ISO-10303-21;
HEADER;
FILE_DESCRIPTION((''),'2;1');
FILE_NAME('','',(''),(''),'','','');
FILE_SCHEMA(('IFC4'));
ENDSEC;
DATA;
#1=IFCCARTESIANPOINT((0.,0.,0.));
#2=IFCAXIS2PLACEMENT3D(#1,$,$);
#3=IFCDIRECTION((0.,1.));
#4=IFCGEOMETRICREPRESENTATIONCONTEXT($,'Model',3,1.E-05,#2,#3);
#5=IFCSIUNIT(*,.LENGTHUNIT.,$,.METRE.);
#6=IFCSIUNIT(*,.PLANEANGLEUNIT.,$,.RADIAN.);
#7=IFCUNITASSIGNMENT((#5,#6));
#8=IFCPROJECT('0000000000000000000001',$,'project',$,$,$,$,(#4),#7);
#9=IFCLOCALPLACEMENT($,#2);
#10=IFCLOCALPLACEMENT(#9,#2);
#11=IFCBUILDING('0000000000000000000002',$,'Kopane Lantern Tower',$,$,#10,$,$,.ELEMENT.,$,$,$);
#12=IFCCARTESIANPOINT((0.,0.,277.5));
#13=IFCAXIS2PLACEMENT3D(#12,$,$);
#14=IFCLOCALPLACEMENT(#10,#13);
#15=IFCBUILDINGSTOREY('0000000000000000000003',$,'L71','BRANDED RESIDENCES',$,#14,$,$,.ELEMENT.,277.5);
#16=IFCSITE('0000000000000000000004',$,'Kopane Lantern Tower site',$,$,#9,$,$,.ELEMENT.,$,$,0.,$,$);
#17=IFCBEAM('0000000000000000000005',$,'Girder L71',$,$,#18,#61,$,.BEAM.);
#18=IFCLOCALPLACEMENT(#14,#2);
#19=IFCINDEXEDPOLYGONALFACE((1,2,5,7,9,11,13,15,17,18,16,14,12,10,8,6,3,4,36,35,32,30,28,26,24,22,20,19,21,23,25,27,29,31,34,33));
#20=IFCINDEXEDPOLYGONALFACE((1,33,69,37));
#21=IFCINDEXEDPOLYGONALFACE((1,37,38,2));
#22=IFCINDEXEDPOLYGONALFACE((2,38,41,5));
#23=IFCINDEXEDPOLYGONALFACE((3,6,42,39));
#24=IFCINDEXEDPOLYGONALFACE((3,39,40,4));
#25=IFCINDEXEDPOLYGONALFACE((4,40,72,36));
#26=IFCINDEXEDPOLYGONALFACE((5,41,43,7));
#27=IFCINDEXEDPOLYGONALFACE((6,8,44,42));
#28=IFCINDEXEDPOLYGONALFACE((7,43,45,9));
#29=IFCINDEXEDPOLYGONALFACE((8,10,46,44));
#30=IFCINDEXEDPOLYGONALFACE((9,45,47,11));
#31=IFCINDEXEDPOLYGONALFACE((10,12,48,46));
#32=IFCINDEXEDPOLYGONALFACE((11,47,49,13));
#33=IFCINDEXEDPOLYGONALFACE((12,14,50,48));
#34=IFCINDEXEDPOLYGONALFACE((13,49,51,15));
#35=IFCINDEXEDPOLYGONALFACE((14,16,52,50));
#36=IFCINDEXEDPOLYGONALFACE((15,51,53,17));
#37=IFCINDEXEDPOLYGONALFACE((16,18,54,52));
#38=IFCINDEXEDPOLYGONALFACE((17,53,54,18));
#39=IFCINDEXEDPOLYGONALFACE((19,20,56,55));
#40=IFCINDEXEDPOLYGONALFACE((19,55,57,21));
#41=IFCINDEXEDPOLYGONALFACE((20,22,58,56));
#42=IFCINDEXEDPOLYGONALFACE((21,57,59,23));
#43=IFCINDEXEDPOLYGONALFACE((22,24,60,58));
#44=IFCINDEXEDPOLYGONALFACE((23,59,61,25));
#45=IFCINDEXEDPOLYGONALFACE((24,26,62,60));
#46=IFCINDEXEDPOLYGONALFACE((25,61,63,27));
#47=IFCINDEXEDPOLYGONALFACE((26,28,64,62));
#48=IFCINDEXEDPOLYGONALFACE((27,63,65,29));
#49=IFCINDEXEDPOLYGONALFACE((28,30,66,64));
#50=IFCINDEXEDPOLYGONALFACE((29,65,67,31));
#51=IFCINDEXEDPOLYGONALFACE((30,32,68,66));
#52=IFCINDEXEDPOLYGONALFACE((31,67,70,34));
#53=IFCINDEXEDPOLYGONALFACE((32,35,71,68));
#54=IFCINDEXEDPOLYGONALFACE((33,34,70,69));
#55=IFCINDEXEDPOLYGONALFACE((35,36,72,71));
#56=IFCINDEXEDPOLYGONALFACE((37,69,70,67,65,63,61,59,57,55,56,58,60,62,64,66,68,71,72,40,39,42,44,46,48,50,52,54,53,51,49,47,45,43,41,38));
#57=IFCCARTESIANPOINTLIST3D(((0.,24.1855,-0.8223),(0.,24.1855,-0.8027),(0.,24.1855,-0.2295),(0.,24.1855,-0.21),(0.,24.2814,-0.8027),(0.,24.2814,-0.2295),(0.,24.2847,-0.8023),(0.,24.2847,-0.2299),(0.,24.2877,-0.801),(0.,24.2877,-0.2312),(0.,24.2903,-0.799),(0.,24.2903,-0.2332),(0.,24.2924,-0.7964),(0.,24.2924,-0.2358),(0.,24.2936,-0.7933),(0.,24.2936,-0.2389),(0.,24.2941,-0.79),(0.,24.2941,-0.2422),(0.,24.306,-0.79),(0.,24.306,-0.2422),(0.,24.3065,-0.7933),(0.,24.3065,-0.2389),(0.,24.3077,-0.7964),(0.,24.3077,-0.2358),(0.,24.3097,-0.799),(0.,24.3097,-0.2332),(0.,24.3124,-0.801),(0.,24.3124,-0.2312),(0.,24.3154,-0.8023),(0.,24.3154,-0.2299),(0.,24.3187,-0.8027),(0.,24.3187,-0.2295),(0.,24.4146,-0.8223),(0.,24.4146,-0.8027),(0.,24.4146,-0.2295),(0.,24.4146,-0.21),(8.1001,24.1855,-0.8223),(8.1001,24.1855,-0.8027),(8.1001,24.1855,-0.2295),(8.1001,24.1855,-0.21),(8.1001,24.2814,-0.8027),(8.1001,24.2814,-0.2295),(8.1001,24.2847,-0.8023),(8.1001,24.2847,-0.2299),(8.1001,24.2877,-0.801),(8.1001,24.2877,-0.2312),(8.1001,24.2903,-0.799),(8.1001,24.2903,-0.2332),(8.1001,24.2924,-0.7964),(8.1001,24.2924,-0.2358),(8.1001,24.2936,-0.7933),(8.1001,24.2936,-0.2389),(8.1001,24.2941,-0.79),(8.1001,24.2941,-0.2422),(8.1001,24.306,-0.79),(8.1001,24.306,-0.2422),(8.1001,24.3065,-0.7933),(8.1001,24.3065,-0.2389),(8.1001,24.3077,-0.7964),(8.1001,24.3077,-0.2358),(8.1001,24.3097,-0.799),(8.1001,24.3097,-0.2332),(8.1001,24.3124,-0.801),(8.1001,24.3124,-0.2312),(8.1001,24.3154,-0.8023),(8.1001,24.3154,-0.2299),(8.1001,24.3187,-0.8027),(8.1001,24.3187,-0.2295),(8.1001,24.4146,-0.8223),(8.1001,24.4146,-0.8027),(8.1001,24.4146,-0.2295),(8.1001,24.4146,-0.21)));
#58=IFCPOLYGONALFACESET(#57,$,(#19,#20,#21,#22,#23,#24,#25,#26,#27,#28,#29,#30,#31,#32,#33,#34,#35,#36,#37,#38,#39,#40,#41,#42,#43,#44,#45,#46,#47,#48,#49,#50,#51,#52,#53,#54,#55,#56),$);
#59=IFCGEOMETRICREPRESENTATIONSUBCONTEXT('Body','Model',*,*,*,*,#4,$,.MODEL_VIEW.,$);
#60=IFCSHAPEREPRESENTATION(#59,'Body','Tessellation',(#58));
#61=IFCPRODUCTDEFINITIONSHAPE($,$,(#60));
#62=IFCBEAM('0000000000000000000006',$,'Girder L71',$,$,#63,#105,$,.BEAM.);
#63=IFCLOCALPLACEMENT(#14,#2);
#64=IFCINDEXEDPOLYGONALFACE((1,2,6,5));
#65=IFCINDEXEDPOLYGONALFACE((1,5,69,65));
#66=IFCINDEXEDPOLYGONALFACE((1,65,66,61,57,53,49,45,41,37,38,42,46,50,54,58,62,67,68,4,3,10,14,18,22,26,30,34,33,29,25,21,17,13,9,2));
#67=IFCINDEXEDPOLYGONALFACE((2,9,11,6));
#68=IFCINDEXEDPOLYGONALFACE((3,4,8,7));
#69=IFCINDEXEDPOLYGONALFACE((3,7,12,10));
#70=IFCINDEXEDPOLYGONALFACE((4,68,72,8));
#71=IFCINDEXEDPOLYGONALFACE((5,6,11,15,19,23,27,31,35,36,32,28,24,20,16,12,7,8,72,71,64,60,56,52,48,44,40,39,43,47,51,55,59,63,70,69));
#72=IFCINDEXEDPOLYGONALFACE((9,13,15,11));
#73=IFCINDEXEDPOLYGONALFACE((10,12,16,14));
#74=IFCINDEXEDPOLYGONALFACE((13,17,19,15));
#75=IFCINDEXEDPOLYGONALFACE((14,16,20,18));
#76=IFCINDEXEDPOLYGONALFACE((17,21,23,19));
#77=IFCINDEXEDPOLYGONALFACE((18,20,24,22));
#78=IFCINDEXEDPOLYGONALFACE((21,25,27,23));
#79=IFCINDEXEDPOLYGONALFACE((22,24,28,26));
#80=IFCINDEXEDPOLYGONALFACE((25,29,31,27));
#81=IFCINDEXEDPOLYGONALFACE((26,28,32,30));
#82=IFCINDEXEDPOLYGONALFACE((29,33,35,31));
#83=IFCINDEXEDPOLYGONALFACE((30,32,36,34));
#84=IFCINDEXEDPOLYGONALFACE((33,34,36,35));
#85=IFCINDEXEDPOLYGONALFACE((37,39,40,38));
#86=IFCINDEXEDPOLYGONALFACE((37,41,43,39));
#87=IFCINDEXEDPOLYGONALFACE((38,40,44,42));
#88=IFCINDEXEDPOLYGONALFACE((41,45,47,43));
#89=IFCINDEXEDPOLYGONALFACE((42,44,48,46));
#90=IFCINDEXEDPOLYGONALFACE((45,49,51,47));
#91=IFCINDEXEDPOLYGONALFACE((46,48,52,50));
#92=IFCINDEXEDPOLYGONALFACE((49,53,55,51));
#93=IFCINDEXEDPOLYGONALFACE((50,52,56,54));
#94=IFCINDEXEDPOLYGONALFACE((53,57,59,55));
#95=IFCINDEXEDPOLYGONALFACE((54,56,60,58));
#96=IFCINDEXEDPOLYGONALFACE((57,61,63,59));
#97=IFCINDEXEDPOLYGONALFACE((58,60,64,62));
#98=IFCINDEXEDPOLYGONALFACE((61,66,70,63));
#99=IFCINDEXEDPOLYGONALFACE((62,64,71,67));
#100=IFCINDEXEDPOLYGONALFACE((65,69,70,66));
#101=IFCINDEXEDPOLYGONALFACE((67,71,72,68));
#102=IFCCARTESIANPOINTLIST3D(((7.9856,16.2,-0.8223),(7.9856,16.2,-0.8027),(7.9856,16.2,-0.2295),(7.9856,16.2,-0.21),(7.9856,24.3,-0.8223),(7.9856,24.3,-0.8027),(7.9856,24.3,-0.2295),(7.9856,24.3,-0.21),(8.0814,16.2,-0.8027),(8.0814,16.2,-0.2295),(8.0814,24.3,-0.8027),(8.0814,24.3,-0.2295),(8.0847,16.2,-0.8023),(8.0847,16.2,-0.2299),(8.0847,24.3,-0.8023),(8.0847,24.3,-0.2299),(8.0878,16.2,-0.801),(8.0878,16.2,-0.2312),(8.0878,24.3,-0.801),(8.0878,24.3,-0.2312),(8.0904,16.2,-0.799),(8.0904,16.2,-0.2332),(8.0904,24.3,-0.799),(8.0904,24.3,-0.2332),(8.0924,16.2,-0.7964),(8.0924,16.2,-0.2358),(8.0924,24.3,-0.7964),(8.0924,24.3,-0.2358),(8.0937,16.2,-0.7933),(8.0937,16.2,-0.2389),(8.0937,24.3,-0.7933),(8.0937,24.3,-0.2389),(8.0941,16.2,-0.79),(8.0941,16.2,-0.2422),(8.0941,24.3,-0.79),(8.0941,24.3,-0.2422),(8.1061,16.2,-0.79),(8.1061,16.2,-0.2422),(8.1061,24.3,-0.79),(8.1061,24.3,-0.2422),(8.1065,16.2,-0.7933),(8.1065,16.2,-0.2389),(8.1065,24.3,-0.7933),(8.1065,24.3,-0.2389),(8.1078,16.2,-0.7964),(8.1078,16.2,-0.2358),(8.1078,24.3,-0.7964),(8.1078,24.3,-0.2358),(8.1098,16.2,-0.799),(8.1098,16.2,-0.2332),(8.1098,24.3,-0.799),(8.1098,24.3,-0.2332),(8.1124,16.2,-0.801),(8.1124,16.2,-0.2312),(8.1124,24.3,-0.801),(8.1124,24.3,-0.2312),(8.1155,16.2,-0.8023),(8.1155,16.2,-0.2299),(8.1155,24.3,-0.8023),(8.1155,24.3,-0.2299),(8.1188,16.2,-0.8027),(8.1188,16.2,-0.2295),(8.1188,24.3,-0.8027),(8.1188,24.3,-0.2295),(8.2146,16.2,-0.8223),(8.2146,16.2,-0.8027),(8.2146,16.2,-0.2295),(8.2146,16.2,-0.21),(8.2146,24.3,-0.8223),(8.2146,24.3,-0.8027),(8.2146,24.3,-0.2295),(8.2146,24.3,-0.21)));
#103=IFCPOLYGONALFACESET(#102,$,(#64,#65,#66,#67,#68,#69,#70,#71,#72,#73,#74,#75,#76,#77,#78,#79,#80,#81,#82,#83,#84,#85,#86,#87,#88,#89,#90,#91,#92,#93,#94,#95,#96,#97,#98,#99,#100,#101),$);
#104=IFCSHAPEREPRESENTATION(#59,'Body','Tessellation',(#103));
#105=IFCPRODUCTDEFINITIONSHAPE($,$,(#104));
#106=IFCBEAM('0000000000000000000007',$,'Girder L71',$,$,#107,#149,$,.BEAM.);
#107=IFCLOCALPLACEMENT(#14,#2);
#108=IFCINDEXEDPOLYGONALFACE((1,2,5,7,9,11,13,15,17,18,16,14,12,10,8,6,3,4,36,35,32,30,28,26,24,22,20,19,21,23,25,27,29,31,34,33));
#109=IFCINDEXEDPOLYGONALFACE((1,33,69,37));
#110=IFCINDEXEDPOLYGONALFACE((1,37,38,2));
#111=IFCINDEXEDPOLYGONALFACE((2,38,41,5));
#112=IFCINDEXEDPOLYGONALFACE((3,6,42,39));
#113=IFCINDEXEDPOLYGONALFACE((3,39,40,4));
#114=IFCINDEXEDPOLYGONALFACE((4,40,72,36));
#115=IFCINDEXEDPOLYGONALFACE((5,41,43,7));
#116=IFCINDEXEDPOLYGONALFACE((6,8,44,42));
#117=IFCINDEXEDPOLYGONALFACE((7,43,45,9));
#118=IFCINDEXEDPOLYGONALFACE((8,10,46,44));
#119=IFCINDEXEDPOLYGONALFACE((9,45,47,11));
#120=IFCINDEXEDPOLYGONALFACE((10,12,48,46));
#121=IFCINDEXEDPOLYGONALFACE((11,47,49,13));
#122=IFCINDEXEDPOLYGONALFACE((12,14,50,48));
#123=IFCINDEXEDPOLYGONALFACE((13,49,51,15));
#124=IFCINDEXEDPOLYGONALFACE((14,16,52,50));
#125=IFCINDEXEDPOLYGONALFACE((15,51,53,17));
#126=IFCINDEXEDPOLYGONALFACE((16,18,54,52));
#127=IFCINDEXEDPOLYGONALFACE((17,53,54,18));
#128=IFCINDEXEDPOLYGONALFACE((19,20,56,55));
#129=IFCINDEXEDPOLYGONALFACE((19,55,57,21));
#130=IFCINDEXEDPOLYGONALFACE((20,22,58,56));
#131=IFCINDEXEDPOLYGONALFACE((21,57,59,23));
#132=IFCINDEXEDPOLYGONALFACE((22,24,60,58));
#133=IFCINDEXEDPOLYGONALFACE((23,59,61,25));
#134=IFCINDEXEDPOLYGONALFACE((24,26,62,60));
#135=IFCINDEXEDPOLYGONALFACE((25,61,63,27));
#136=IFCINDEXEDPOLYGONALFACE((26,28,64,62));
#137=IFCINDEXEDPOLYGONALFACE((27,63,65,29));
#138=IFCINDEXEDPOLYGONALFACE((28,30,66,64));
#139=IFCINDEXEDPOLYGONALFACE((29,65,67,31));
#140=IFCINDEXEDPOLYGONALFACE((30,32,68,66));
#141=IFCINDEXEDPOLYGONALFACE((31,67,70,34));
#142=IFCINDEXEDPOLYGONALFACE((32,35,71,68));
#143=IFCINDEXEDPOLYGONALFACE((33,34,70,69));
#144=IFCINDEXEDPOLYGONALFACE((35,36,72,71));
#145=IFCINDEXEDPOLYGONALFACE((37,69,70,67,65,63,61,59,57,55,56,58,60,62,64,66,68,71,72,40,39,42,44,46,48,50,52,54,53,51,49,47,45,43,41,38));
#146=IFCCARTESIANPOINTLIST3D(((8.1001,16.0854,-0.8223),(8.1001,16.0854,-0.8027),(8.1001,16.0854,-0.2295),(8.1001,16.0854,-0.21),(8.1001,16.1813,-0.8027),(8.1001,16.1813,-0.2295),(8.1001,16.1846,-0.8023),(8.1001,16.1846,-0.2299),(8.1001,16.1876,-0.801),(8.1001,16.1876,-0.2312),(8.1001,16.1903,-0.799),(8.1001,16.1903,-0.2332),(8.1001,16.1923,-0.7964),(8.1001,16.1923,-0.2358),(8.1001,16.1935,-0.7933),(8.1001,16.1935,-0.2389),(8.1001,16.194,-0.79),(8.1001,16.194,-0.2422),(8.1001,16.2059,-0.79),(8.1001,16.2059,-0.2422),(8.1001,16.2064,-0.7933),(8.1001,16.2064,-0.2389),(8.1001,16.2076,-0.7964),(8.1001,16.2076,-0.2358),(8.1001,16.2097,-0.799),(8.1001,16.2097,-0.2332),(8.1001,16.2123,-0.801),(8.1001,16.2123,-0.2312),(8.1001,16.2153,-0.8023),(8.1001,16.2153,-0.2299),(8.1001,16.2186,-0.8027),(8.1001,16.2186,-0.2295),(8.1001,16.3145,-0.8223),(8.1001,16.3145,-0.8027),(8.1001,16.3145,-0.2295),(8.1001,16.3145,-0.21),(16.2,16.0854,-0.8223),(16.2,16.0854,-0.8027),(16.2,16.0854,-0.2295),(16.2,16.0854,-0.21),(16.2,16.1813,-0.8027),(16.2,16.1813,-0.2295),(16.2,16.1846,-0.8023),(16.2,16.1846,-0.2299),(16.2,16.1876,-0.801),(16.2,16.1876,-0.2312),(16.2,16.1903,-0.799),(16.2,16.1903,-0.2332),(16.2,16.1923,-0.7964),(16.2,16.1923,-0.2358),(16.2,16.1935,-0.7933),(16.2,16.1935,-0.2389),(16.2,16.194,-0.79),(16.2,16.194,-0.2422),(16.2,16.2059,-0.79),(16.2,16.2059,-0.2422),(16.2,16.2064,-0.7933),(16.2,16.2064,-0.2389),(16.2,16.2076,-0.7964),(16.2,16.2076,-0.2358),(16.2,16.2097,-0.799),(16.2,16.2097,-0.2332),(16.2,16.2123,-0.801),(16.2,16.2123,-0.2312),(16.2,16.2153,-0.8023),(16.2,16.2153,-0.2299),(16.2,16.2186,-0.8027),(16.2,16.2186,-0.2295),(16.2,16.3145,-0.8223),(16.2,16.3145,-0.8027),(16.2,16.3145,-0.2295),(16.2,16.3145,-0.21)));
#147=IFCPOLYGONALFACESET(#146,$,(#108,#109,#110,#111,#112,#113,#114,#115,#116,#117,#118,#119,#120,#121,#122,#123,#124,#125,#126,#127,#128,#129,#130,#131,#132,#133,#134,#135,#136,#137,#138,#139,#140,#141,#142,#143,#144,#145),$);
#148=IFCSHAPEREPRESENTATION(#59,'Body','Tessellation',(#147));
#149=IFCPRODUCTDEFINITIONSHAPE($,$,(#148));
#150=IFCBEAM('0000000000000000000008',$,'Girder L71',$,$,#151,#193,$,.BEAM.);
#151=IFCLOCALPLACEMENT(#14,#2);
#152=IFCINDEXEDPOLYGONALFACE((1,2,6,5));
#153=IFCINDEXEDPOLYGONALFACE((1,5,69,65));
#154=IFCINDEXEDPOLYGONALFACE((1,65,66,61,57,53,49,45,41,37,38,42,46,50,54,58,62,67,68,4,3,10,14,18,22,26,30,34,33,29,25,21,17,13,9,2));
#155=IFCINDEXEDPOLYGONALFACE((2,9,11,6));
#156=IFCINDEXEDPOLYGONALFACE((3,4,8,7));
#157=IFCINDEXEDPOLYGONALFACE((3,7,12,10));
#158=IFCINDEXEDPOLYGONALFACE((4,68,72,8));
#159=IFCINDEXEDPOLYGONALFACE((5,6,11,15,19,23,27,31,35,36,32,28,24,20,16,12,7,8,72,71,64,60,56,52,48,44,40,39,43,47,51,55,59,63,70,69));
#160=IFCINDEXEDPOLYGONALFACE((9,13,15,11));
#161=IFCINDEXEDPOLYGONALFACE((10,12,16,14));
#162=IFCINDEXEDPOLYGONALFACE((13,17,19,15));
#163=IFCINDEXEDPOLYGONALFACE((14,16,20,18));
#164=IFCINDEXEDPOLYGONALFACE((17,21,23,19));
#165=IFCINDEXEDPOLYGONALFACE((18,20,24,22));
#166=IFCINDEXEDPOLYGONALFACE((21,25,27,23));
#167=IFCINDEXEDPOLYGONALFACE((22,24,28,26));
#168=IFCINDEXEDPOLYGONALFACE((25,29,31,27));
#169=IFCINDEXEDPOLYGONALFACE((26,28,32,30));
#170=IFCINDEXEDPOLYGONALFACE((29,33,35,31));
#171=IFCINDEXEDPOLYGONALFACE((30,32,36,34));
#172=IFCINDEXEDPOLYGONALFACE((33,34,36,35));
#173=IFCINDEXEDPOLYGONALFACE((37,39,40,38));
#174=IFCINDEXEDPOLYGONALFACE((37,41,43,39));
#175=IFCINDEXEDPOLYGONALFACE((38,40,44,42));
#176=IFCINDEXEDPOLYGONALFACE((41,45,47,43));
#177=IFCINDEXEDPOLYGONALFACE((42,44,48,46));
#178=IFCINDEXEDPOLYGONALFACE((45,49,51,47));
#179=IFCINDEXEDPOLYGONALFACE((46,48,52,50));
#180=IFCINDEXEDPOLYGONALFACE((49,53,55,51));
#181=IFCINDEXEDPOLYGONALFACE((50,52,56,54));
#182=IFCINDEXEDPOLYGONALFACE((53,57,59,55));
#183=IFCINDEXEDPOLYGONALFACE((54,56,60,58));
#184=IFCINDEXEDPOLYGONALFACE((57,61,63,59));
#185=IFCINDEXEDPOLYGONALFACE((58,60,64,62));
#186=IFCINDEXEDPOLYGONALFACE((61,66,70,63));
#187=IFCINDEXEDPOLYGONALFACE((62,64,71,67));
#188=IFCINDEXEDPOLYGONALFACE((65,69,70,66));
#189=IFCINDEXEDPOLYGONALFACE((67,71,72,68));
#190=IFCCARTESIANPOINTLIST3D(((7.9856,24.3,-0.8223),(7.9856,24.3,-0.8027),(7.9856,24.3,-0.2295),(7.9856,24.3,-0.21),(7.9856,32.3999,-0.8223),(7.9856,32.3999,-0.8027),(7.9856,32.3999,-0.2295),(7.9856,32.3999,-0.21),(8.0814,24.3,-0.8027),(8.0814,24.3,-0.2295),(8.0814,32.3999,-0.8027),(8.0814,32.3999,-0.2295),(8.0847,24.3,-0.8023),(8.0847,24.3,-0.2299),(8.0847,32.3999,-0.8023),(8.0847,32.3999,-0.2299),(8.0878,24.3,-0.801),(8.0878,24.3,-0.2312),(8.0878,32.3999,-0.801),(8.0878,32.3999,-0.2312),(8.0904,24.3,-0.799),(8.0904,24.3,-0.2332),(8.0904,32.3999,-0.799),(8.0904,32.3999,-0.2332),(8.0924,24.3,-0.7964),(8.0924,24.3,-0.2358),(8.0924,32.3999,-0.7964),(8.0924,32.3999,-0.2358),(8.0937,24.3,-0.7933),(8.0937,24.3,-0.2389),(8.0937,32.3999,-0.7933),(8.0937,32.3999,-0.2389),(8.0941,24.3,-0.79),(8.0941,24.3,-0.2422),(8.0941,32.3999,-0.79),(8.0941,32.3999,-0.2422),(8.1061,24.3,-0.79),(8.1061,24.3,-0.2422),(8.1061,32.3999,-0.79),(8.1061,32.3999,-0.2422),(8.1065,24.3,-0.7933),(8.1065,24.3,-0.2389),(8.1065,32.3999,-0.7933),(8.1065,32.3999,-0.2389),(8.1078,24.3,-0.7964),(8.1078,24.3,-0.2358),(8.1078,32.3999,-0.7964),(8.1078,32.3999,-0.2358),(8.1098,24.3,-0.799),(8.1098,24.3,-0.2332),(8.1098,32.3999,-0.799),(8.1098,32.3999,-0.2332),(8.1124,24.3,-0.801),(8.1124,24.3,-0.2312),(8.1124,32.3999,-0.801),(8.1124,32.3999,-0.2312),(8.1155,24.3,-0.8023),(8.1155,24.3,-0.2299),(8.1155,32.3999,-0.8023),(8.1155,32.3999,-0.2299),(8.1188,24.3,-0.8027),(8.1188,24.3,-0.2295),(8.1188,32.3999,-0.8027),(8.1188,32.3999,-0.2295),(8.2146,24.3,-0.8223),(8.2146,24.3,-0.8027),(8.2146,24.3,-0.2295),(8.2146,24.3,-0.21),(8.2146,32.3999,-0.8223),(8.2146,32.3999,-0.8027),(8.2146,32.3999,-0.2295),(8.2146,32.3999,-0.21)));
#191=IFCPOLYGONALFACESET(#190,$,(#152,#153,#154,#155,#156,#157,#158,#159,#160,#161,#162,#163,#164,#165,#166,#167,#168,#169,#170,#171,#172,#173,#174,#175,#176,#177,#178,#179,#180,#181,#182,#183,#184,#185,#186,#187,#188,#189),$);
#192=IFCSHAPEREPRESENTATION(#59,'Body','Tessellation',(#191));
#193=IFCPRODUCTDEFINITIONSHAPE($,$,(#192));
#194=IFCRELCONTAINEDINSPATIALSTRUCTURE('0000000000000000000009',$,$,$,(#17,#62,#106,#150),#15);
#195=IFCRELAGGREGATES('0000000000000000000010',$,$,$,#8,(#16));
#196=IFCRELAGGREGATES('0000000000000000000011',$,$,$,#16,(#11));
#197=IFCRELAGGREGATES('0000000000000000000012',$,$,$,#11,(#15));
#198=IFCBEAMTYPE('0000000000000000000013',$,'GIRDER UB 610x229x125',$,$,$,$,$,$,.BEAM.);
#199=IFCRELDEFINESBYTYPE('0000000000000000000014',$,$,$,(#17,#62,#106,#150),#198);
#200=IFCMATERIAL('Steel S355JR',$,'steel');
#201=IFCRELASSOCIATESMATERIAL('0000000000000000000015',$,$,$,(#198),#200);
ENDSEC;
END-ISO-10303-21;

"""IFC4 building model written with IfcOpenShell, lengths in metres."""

from ifc_helpers import new_model, si_unit, direction, frame, origin, origin_2d, place, context, subcontext, project, spatial, i_section, extrude, material, material_profile, profile_set, type_object, element, save


model = new_model("IFC4")

# Units and contexts
model_context = context("Model", 3, precision=1e-05, world=origin(), true_north=direction((0.0, 1.0)))
body_context = subcontext(model_context, "Body", "Model", "MODEL_VIEW")
ifc_project = project(units=[si_unit("LENGTHUNIT", "METRE"), si_unit("PLANEANGLEUNIT", "RADIAN")], contexts=[model_context])

# Site, building, storey
site_placement = place(None, origin())
site = spatial("IfcSite", under=ifc_project, at=site_placement, Name="Kopane Lantern Tower site", CompositionType="ELEMENT", RefElevation=0.0)
building_placement = place(site_placement, origin())
building = spatial("IfcBuilding", under=site, at=building_placement, Name="Kopane Lantern Tower", CompositionType="ELEMENT")
storey_placement = place(building_placement, frame((0.0, 0.0, 277.5)))
storey = spatial("IfcBuildingStorey", under=building, at=storey_placement, Name="L71", Description="BRANDED RESIDENCES", CompositionType="ELEMENT", Elevation=277.5)

# Beams
ifc_material_1 = material(Name="Steel S355JR", Category="steel")
ifc_material_profile_1 = material_profile(ifc_material_1, i_section(OverallWidth=0.229, OverallDepth=0.6123, WebThickness=0.012, FlangeThickness=0.0195, FilletRadius=0.0127, at=origin_2d()), Name="UB 610x229x125")
ifc_profile_set_1 = profile_set([ifc_material_profile_1], Name="Steel S355JR")
beam_type_1 = type_object("IfcBeamType", Name="GIRDER UB 610x229x125", PredefinedType="BEAM", material=ifc_profile_set_1)
for number, where, z_axis, x_axis, name in (
    (1, (0.0, 24.3, -0.5161), (1.0, 0.0, 0.0), (0.0, 1.0, 0.0), "Girder L71"),
    (2, (8.1001, 16.2, -0.5161), (0.0, 1.0, 0.0), (-1.0, 0.0, 0.0), "Girder L71"),
):
    element("IfcBeam", number, at=place(storey_placement, frame(where, z_axis=z_axis, x_axis=x_axis)), inside=storey, type_object=beam_type_1, Name=name, PredefinedType="BEAM", context=body_context, shape_type="SweptSolid", body=[
        extrude(i_section(OverallWidth=0.229, OverallDepth=0.6123, WebThickness=0.012, FlangeThickness=0.0195, FilletRadius=0.0127, at=origin_2d()), origin(), (0.0, 0.0, 1.0), 8.1001),
    ])
for number, where, z_axis, x_axis, name in (
    (3, (8.1001, 16.2, -0.5161), (1.0, 0.0, 0.0), (0.0, 1.0, 0.0), "Girder L71"),
    (4, (8.1001, 24.3, -0.5161), (0.0, 1.0, 0.0), (-1.0, 0.0, 0.0), "Girder L71"),
):
    element("IfcBeam", number, at=place(storey_placement, frame(where, z_axis=z_axis, x_axis=x_axis)), inside=storey, type_object=beam_type_1, Name=name, PredefinedType="BEAM", context=body_context, shape_type="SweptSolid", body=[
        extrude(i_section(OverallWidth=0.229, OverallDepth=0.6123, WebThickness=0.012, FlangeThickness=0.0195, FilletRadius=0.0127, at=origin_2d()), origin(), (0.0, 0.0, 1.0), 8.0999),
    ])

save(model, "model.ifc")
